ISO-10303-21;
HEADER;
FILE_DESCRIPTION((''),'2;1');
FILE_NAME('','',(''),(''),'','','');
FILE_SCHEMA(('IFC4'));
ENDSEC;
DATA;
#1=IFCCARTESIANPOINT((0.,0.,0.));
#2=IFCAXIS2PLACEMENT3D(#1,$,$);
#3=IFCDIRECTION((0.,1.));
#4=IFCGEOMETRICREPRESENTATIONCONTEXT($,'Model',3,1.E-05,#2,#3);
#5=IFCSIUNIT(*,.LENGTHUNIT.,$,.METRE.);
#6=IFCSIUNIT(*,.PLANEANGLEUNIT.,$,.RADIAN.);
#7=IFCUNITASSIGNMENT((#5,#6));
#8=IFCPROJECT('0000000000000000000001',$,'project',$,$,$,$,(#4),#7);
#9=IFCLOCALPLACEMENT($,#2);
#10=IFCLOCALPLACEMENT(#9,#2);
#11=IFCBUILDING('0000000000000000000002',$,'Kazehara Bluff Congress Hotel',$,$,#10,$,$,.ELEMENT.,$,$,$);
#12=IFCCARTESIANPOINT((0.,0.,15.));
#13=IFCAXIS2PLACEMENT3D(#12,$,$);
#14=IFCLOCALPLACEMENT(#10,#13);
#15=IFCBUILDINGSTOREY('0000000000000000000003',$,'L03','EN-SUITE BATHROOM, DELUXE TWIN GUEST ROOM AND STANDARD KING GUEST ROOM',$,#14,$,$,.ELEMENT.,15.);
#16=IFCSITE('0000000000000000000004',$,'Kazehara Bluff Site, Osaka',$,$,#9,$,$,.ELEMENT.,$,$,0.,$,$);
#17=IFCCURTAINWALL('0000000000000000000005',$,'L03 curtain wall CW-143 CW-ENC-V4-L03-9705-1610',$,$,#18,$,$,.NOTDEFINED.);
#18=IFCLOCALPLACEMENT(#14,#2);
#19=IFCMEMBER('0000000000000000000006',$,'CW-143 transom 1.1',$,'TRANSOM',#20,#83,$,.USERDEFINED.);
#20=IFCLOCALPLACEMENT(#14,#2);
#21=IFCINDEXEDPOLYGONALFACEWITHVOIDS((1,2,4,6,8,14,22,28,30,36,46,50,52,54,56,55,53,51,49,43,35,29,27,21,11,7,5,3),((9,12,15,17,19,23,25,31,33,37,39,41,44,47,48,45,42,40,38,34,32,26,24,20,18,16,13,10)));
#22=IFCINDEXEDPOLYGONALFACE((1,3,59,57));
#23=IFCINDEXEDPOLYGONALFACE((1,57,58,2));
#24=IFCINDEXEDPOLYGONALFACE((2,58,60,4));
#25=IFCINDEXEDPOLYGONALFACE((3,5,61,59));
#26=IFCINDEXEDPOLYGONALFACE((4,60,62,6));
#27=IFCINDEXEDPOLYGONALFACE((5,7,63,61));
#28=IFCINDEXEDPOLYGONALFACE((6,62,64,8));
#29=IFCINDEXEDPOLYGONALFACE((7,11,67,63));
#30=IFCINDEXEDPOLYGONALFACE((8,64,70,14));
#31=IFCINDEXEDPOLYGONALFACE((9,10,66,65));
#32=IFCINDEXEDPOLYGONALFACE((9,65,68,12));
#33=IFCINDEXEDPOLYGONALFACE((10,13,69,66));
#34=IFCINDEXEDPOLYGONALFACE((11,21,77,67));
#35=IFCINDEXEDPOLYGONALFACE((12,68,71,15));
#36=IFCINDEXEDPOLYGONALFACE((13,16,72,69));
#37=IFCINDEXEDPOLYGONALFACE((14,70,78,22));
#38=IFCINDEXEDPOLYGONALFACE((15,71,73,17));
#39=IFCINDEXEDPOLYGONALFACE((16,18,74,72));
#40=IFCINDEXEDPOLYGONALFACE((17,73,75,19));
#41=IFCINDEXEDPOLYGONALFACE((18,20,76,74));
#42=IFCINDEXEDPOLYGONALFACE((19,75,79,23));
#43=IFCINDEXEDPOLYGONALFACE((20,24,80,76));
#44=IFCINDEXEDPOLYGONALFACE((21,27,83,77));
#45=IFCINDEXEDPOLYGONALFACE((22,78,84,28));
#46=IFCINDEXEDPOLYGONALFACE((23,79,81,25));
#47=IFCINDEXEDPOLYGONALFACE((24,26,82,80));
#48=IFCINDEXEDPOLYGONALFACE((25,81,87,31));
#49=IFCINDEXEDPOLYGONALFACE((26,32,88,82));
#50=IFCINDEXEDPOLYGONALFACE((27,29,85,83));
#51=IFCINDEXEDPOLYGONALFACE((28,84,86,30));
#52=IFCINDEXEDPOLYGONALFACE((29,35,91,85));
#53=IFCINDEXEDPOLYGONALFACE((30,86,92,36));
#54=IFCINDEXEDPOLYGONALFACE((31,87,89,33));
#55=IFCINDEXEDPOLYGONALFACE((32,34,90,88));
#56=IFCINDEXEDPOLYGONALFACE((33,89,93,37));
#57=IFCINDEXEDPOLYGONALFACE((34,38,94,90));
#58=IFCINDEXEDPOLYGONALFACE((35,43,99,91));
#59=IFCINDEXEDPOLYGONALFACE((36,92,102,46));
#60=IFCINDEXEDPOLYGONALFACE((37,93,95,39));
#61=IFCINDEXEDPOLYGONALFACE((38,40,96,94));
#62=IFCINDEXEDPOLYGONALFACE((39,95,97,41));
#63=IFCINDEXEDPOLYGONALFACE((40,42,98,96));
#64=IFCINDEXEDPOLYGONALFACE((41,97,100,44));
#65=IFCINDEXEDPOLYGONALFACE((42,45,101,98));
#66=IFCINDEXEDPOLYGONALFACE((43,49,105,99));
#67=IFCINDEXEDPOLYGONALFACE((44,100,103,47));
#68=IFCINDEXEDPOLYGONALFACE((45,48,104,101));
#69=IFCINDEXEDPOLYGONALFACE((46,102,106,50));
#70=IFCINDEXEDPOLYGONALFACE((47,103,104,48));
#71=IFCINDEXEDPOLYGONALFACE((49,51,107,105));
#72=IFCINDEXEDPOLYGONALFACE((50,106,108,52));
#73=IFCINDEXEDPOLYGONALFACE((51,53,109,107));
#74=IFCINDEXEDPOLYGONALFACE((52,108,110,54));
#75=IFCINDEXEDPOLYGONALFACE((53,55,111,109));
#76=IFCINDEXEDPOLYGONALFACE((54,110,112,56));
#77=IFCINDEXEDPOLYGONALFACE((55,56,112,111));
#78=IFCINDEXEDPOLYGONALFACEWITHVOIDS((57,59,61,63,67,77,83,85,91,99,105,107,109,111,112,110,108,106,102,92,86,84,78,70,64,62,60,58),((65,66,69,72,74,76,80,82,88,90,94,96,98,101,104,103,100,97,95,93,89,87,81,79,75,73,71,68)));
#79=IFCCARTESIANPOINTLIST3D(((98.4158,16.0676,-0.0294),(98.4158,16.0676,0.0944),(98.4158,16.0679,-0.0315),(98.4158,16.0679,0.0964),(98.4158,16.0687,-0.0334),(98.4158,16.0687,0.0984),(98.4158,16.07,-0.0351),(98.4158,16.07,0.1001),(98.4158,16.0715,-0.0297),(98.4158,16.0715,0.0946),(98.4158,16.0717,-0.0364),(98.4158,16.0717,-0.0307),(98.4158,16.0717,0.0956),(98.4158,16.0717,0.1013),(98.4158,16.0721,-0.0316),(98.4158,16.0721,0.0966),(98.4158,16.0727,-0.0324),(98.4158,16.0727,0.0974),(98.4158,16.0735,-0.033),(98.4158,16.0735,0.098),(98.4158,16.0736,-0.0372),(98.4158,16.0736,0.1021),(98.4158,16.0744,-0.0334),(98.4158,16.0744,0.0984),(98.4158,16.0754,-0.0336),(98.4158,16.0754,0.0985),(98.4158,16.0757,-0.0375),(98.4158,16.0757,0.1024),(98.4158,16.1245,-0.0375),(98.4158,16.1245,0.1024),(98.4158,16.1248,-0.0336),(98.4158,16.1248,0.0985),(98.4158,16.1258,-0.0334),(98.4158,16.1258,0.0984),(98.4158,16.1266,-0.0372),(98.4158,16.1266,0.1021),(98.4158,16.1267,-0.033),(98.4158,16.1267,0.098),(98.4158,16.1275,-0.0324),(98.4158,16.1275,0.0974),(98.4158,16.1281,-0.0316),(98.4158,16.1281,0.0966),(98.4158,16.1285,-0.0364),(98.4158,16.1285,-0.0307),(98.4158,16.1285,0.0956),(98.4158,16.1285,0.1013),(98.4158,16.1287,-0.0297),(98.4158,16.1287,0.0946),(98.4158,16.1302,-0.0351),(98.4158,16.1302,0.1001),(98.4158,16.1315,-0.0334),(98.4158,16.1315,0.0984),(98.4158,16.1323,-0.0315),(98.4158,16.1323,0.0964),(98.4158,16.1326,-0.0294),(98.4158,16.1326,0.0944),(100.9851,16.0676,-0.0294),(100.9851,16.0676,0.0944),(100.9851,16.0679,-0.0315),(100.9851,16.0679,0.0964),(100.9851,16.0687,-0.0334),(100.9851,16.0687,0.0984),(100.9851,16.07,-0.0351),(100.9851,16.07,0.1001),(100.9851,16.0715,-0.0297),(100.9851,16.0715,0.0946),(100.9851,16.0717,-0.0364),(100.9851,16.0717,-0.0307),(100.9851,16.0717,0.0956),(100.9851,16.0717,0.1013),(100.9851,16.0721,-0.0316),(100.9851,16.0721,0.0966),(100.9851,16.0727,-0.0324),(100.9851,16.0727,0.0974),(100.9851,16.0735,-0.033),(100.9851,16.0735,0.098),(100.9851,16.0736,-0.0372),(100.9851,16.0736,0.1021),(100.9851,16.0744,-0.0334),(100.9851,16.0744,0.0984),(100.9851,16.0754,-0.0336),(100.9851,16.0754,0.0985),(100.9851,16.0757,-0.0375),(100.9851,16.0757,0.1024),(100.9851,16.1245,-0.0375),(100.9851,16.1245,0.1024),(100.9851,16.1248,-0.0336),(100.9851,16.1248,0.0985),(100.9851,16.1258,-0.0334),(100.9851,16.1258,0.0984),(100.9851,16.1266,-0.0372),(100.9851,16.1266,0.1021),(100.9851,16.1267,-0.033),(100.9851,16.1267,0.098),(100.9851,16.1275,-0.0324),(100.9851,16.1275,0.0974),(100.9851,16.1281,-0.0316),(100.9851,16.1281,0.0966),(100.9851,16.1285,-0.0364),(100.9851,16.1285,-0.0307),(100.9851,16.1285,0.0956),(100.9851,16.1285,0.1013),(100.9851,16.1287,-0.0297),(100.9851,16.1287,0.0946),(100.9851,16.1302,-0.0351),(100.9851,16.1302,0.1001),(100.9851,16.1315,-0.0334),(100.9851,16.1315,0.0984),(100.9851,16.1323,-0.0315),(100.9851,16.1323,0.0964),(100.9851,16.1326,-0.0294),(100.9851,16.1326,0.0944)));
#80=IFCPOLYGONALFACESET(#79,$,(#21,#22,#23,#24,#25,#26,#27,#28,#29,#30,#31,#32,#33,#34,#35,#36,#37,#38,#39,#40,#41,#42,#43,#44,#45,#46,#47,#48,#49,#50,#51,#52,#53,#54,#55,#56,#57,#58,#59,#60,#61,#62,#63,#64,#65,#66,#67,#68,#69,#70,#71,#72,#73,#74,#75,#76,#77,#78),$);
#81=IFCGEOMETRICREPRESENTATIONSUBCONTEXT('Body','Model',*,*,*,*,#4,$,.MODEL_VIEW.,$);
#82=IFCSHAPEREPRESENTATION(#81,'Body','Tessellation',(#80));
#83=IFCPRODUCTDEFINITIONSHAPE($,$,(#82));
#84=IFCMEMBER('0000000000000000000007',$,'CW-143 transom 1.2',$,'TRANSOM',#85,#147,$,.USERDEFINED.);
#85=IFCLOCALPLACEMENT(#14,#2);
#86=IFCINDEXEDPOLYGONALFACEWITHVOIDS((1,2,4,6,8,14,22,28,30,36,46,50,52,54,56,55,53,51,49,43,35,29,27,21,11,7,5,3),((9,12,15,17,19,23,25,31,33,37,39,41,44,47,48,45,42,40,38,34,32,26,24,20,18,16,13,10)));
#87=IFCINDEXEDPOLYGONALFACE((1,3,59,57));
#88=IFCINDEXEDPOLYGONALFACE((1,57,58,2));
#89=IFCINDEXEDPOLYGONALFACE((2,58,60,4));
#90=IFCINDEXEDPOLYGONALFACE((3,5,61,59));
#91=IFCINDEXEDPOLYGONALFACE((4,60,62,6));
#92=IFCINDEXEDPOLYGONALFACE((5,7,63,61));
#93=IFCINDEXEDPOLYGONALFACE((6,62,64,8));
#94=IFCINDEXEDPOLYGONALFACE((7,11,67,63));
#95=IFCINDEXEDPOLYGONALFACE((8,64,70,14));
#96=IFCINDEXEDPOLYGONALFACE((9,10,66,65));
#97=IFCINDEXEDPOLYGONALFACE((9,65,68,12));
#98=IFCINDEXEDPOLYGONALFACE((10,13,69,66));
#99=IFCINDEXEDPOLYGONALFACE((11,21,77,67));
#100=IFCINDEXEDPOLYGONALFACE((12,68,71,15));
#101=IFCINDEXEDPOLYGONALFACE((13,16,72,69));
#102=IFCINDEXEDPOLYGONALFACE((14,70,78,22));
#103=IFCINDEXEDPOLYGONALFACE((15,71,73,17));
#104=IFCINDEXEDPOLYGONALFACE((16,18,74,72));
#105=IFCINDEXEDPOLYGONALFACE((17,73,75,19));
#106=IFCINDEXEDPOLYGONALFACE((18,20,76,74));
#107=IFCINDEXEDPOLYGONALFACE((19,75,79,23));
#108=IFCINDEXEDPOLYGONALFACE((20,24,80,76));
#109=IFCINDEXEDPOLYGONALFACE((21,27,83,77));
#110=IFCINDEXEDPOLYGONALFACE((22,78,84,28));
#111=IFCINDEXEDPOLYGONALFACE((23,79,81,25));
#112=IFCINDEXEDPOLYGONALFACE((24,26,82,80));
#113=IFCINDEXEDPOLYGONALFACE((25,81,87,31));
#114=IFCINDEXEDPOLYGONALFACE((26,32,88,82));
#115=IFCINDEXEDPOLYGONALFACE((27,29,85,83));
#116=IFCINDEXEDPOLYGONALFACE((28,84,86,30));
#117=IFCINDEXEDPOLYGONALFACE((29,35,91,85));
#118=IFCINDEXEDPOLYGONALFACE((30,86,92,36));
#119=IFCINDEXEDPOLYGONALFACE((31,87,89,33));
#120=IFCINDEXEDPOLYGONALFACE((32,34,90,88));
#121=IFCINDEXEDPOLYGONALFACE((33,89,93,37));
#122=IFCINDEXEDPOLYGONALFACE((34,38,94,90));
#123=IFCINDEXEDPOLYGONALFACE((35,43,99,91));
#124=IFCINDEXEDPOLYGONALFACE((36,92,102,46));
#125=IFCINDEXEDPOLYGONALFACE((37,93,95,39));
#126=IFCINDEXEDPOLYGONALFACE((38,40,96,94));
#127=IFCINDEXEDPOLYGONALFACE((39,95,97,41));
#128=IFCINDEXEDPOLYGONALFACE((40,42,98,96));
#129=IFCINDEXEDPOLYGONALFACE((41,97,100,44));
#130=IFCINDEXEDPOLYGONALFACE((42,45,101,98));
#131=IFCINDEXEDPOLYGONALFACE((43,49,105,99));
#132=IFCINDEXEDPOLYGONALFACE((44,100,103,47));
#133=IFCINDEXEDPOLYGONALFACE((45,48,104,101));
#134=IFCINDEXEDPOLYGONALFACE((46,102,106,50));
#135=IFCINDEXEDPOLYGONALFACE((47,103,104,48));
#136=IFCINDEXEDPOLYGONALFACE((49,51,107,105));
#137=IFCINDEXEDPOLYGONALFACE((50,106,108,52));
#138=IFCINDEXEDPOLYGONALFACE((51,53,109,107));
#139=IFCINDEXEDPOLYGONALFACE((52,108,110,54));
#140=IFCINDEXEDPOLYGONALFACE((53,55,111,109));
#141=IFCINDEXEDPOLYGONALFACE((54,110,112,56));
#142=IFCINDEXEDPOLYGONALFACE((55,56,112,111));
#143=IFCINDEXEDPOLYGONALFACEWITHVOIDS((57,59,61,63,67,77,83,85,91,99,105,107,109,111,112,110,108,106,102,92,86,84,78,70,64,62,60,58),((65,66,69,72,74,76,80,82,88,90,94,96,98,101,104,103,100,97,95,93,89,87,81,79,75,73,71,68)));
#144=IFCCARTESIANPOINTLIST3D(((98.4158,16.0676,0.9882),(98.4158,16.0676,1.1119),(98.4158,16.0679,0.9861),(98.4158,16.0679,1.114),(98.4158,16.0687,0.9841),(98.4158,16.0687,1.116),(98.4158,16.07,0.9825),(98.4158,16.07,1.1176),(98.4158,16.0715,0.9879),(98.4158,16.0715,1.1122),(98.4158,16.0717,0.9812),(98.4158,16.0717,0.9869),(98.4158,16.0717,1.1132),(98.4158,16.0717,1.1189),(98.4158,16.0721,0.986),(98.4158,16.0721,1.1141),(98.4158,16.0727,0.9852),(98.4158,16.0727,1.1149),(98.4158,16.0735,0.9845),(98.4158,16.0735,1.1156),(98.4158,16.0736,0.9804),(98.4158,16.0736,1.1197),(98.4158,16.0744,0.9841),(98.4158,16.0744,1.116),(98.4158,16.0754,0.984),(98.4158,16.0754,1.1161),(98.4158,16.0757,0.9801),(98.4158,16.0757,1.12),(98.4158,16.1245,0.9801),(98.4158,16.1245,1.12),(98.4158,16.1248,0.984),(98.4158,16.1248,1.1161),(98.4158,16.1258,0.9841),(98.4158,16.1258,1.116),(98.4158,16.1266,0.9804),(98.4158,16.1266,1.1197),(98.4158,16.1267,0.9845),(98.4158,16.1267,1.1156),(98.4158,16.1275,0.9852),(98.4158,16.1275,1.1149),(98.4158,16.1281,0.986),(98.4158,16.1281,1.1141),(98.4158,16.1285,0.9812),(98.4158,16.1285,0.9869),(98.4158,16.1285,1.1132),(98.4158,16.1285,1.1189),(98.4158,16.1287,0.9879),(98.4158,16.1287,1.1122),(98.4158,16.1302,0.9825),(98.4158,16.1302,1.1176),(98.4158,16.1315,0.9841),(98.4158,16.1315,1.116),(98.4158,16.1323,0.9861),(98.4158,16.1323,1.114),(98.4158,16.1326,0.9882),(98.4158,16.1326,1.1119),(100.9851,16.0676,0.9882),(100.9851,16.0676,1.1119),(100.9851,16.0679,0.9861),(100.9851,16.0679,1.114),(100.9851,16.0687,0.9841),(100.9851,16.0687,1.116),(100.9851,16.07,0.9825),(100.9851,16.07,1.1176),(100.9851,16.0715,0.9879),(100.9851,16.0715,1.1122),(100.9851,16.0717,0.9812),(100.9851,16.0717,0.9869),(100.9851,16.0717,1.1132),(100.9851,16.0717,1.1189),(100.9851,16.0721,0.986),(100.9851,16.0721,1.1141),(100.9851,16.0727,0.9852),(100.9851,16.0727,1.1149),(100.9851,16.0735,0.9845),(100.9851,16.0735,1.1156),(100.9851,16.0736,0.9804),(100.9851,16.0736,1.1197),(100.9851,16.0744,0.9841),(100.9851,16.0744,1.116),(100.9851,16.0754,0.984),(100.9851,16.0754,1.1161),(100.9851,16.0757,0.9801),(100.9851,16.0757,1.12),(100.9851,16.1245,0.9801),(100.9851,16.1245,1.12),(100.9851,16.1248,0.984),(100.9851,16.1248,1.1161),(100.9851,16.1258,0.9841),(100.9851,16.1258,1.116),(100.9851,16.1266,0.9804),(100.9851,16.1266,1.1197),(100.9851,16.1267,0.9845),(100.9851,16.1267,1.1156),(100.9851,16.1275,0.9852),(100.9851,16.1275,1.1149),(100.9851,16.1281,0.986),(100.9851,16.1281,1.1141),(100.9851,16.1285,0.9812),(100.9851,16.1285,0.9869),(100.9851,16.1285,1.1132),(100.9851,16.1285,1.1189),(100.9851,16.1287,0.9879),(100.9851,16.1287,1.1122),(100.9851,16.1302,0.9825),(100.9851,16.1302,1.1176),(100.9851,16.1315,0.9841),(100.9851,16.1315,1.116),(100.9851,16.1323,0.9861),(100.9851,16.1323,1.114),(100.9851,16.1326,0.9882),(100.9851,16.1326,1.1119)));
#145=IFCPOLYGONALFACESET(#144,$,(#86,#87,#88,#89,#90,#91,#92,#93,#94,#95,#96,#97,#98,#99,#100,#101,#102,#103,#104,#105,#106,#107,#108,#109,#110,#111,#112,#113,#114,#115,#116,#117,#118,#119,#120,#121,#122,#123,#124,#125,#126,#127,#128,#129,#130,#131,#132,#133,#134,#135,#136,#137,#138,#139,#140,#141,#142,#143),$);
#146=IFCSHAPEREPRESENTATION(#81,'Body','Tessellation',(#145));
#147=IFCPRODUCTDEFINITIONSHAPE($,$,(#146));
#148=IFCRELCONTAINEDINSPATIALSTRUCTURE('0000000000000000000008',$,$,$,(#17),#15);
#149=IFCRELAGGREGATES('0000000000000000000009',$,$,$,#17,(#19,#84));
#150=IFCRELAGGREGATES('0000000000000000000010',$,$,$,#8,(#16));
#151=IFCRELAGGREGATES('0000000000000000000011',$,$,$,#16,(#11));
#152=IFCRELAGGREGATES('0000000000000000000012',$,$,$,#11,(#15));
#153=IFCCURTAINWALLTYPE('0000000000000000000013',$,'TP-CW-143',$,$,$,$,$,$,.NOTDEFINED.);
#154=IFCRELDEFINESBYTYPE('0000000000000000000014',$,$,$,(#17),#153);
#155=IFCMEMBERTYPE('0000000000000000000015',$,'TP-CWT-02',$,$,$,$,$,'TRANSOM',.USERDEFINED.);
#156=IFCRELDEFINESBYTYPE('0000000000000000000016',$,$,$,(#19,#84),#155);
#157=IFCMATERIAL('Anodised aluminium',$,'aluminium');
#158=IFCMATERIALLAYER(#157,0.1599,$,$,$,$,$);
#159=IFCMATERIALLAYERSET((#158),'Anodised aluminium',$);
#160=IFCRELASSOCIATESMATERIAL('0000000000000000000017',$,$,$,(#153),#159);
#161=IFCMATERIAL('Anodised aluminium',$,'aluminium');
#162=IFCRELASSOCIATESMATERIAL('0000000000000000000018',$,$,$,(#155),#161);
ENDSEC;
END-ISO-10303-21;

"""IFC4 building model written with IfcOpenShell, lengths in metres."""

from ifc_helpers import new_model, si_unit, direction, frame, origin, origin_2d, place, context, subcontext, project, spatial, hollow_rectangle, extrude, material, layer, layer_set, material_profile, profile_set, type_object, element, aggregate, save


model = new_model("IFC4")

# Units and contexts
model_context = context("Model", 3, precision=1e-05, world=origin(), true_north=direction((0.0, 1.0)))
body_context = subcontext(model_context, "Body", "Model", "MODEL_VIEW")
ifc_project = project(units=[si_unit("LENGTHUNIT", "METRE"), si_unit("PLANEANGLEUNIT", "RADIAN")], contexts=[model_context])

# Site, building, storey
site_placement = place(None, origin())
site = spatial("IfcSite", under=ifc_project, at=site_placement, Name="Kazehara Bluff Site, Osaka", CompositionType="ELEMENT", RefElevation=0.0)
building_placement = place(site_placement, origin())
building = spatial("IfcBuilding", under=site, at=building_placement, Name="Kazehara Bluff Congress Hotel", CompositionType="ELEMENT")
storey_placement = place(building_placement, frame((0.0, 0.0, 15.0)))
storey = spatial("IfcBuildingStorey", under=building, at=storey_placement, Name="L03", Description="EN-SUITE BATHROOM, DELUXE TWIN GUEST ROOM AND STANDARD KING GUEST ROOM", CompositionType="ELEMENT", Elevation=15.0)

# Curtain wall
ifc_material_1 = material(Name="Anodised aluminium", Category="aluminium")
ifc_layer_1 = layer(ifc_material_1, 0.1599)
ifc_layer_set_1 = layer_set([ifc_layer_1], Name="Anodised aluminium")
curtain_wall_type_1 = type_object("IfcCurtainWallType", Name="TP-CW-143", PredefinedType="NOTDEFINED", material=ifc_layer_set_1)
curtain_wall_1_placement = place(storey_placement, origin())
curtain_wall_1 = element("IfcCurtainWall", 1, at=curtain_wall_1_placement, inside=storey, type_object=curtain_wall_type_1, Name="L03 curtain wall CW-143 CW-ENC-V4-L03-9705-1610", PredefinedType="NOTDEFINED")

# Members
ifc_material_2 = material(Name="Anodised aluminium", Category="aluminium")
ifc_material_profile_1 = material_profile(ifc_material_2, hollow_rectangle(XDim=0.0649, YDim=0.1399, WallThickness=0.0039, InnerFilletRadius=0.0039, OuterFilletRadius=0.0081, at=origin_2d()))
ifc_profile_set_1 = profile_set([ifc_material_profile_1], Name="Anodised aluminium")
member_type_1 = type_object("IfcMemberType", Name="TP-CWT-02", ElementType="TRANSOM", PredefinedType="USERDEFINED", material=ifc_profile_set_1)
member_1_placement = place(storey_placement, frame((100.9851, 16.1001, 0.0325), z_axis=(-1.0, 0.0, 0.0), x_axis=(0.0, -1.0, 0.0)))
member_1 = element("IfcMember", 2, at=member_1_placement, type_object=member_type_1, Name="CW-143 transom 1.1", ObjectType="TRANSOM", PredefinedType="USERDEFINED", context=body_context, shape_type="SweptSolid", body=[
    extrude(hollow_rectangle(XDim=0.0649, YDim=0.1399, WallThickness=0.0039, InnerFilletRadius=0.0039, OuterFilletRadius=0.0081, at=origin_2d()), origin(), (0.0, 0.0, 1.0), 2.5693),
])
member_2_placement = place(storey_placement, frame((100.9851, 16.1001, 1.05), z_axis=(-1.0, 0.0, 0.0), x_axis=(0.0, -1.0, 0.0)))
member_2 = element("IfcMember", 3, at=member_2_placement, type_object=member_type_1, Name="CW-143 transom 1.2", ObjectType="TRANSOM", PredefinedType="USERDEFINED", context=body_context, shape_type="SweptSolid", body=[
    extrude(hollow_rectangle(XDim=0.0649, YDim=0.1399, WallThickness=0.0039, InnerFilletRadius=0.0039, OuterFilletRadius=0.0081, at=origin_2d()), origin(), (0.0, 0.0, 1.0), 2.5693),
])

aggregate(curtain_wall_1, [member_1, member_2])

save(model, "model.ifc")
